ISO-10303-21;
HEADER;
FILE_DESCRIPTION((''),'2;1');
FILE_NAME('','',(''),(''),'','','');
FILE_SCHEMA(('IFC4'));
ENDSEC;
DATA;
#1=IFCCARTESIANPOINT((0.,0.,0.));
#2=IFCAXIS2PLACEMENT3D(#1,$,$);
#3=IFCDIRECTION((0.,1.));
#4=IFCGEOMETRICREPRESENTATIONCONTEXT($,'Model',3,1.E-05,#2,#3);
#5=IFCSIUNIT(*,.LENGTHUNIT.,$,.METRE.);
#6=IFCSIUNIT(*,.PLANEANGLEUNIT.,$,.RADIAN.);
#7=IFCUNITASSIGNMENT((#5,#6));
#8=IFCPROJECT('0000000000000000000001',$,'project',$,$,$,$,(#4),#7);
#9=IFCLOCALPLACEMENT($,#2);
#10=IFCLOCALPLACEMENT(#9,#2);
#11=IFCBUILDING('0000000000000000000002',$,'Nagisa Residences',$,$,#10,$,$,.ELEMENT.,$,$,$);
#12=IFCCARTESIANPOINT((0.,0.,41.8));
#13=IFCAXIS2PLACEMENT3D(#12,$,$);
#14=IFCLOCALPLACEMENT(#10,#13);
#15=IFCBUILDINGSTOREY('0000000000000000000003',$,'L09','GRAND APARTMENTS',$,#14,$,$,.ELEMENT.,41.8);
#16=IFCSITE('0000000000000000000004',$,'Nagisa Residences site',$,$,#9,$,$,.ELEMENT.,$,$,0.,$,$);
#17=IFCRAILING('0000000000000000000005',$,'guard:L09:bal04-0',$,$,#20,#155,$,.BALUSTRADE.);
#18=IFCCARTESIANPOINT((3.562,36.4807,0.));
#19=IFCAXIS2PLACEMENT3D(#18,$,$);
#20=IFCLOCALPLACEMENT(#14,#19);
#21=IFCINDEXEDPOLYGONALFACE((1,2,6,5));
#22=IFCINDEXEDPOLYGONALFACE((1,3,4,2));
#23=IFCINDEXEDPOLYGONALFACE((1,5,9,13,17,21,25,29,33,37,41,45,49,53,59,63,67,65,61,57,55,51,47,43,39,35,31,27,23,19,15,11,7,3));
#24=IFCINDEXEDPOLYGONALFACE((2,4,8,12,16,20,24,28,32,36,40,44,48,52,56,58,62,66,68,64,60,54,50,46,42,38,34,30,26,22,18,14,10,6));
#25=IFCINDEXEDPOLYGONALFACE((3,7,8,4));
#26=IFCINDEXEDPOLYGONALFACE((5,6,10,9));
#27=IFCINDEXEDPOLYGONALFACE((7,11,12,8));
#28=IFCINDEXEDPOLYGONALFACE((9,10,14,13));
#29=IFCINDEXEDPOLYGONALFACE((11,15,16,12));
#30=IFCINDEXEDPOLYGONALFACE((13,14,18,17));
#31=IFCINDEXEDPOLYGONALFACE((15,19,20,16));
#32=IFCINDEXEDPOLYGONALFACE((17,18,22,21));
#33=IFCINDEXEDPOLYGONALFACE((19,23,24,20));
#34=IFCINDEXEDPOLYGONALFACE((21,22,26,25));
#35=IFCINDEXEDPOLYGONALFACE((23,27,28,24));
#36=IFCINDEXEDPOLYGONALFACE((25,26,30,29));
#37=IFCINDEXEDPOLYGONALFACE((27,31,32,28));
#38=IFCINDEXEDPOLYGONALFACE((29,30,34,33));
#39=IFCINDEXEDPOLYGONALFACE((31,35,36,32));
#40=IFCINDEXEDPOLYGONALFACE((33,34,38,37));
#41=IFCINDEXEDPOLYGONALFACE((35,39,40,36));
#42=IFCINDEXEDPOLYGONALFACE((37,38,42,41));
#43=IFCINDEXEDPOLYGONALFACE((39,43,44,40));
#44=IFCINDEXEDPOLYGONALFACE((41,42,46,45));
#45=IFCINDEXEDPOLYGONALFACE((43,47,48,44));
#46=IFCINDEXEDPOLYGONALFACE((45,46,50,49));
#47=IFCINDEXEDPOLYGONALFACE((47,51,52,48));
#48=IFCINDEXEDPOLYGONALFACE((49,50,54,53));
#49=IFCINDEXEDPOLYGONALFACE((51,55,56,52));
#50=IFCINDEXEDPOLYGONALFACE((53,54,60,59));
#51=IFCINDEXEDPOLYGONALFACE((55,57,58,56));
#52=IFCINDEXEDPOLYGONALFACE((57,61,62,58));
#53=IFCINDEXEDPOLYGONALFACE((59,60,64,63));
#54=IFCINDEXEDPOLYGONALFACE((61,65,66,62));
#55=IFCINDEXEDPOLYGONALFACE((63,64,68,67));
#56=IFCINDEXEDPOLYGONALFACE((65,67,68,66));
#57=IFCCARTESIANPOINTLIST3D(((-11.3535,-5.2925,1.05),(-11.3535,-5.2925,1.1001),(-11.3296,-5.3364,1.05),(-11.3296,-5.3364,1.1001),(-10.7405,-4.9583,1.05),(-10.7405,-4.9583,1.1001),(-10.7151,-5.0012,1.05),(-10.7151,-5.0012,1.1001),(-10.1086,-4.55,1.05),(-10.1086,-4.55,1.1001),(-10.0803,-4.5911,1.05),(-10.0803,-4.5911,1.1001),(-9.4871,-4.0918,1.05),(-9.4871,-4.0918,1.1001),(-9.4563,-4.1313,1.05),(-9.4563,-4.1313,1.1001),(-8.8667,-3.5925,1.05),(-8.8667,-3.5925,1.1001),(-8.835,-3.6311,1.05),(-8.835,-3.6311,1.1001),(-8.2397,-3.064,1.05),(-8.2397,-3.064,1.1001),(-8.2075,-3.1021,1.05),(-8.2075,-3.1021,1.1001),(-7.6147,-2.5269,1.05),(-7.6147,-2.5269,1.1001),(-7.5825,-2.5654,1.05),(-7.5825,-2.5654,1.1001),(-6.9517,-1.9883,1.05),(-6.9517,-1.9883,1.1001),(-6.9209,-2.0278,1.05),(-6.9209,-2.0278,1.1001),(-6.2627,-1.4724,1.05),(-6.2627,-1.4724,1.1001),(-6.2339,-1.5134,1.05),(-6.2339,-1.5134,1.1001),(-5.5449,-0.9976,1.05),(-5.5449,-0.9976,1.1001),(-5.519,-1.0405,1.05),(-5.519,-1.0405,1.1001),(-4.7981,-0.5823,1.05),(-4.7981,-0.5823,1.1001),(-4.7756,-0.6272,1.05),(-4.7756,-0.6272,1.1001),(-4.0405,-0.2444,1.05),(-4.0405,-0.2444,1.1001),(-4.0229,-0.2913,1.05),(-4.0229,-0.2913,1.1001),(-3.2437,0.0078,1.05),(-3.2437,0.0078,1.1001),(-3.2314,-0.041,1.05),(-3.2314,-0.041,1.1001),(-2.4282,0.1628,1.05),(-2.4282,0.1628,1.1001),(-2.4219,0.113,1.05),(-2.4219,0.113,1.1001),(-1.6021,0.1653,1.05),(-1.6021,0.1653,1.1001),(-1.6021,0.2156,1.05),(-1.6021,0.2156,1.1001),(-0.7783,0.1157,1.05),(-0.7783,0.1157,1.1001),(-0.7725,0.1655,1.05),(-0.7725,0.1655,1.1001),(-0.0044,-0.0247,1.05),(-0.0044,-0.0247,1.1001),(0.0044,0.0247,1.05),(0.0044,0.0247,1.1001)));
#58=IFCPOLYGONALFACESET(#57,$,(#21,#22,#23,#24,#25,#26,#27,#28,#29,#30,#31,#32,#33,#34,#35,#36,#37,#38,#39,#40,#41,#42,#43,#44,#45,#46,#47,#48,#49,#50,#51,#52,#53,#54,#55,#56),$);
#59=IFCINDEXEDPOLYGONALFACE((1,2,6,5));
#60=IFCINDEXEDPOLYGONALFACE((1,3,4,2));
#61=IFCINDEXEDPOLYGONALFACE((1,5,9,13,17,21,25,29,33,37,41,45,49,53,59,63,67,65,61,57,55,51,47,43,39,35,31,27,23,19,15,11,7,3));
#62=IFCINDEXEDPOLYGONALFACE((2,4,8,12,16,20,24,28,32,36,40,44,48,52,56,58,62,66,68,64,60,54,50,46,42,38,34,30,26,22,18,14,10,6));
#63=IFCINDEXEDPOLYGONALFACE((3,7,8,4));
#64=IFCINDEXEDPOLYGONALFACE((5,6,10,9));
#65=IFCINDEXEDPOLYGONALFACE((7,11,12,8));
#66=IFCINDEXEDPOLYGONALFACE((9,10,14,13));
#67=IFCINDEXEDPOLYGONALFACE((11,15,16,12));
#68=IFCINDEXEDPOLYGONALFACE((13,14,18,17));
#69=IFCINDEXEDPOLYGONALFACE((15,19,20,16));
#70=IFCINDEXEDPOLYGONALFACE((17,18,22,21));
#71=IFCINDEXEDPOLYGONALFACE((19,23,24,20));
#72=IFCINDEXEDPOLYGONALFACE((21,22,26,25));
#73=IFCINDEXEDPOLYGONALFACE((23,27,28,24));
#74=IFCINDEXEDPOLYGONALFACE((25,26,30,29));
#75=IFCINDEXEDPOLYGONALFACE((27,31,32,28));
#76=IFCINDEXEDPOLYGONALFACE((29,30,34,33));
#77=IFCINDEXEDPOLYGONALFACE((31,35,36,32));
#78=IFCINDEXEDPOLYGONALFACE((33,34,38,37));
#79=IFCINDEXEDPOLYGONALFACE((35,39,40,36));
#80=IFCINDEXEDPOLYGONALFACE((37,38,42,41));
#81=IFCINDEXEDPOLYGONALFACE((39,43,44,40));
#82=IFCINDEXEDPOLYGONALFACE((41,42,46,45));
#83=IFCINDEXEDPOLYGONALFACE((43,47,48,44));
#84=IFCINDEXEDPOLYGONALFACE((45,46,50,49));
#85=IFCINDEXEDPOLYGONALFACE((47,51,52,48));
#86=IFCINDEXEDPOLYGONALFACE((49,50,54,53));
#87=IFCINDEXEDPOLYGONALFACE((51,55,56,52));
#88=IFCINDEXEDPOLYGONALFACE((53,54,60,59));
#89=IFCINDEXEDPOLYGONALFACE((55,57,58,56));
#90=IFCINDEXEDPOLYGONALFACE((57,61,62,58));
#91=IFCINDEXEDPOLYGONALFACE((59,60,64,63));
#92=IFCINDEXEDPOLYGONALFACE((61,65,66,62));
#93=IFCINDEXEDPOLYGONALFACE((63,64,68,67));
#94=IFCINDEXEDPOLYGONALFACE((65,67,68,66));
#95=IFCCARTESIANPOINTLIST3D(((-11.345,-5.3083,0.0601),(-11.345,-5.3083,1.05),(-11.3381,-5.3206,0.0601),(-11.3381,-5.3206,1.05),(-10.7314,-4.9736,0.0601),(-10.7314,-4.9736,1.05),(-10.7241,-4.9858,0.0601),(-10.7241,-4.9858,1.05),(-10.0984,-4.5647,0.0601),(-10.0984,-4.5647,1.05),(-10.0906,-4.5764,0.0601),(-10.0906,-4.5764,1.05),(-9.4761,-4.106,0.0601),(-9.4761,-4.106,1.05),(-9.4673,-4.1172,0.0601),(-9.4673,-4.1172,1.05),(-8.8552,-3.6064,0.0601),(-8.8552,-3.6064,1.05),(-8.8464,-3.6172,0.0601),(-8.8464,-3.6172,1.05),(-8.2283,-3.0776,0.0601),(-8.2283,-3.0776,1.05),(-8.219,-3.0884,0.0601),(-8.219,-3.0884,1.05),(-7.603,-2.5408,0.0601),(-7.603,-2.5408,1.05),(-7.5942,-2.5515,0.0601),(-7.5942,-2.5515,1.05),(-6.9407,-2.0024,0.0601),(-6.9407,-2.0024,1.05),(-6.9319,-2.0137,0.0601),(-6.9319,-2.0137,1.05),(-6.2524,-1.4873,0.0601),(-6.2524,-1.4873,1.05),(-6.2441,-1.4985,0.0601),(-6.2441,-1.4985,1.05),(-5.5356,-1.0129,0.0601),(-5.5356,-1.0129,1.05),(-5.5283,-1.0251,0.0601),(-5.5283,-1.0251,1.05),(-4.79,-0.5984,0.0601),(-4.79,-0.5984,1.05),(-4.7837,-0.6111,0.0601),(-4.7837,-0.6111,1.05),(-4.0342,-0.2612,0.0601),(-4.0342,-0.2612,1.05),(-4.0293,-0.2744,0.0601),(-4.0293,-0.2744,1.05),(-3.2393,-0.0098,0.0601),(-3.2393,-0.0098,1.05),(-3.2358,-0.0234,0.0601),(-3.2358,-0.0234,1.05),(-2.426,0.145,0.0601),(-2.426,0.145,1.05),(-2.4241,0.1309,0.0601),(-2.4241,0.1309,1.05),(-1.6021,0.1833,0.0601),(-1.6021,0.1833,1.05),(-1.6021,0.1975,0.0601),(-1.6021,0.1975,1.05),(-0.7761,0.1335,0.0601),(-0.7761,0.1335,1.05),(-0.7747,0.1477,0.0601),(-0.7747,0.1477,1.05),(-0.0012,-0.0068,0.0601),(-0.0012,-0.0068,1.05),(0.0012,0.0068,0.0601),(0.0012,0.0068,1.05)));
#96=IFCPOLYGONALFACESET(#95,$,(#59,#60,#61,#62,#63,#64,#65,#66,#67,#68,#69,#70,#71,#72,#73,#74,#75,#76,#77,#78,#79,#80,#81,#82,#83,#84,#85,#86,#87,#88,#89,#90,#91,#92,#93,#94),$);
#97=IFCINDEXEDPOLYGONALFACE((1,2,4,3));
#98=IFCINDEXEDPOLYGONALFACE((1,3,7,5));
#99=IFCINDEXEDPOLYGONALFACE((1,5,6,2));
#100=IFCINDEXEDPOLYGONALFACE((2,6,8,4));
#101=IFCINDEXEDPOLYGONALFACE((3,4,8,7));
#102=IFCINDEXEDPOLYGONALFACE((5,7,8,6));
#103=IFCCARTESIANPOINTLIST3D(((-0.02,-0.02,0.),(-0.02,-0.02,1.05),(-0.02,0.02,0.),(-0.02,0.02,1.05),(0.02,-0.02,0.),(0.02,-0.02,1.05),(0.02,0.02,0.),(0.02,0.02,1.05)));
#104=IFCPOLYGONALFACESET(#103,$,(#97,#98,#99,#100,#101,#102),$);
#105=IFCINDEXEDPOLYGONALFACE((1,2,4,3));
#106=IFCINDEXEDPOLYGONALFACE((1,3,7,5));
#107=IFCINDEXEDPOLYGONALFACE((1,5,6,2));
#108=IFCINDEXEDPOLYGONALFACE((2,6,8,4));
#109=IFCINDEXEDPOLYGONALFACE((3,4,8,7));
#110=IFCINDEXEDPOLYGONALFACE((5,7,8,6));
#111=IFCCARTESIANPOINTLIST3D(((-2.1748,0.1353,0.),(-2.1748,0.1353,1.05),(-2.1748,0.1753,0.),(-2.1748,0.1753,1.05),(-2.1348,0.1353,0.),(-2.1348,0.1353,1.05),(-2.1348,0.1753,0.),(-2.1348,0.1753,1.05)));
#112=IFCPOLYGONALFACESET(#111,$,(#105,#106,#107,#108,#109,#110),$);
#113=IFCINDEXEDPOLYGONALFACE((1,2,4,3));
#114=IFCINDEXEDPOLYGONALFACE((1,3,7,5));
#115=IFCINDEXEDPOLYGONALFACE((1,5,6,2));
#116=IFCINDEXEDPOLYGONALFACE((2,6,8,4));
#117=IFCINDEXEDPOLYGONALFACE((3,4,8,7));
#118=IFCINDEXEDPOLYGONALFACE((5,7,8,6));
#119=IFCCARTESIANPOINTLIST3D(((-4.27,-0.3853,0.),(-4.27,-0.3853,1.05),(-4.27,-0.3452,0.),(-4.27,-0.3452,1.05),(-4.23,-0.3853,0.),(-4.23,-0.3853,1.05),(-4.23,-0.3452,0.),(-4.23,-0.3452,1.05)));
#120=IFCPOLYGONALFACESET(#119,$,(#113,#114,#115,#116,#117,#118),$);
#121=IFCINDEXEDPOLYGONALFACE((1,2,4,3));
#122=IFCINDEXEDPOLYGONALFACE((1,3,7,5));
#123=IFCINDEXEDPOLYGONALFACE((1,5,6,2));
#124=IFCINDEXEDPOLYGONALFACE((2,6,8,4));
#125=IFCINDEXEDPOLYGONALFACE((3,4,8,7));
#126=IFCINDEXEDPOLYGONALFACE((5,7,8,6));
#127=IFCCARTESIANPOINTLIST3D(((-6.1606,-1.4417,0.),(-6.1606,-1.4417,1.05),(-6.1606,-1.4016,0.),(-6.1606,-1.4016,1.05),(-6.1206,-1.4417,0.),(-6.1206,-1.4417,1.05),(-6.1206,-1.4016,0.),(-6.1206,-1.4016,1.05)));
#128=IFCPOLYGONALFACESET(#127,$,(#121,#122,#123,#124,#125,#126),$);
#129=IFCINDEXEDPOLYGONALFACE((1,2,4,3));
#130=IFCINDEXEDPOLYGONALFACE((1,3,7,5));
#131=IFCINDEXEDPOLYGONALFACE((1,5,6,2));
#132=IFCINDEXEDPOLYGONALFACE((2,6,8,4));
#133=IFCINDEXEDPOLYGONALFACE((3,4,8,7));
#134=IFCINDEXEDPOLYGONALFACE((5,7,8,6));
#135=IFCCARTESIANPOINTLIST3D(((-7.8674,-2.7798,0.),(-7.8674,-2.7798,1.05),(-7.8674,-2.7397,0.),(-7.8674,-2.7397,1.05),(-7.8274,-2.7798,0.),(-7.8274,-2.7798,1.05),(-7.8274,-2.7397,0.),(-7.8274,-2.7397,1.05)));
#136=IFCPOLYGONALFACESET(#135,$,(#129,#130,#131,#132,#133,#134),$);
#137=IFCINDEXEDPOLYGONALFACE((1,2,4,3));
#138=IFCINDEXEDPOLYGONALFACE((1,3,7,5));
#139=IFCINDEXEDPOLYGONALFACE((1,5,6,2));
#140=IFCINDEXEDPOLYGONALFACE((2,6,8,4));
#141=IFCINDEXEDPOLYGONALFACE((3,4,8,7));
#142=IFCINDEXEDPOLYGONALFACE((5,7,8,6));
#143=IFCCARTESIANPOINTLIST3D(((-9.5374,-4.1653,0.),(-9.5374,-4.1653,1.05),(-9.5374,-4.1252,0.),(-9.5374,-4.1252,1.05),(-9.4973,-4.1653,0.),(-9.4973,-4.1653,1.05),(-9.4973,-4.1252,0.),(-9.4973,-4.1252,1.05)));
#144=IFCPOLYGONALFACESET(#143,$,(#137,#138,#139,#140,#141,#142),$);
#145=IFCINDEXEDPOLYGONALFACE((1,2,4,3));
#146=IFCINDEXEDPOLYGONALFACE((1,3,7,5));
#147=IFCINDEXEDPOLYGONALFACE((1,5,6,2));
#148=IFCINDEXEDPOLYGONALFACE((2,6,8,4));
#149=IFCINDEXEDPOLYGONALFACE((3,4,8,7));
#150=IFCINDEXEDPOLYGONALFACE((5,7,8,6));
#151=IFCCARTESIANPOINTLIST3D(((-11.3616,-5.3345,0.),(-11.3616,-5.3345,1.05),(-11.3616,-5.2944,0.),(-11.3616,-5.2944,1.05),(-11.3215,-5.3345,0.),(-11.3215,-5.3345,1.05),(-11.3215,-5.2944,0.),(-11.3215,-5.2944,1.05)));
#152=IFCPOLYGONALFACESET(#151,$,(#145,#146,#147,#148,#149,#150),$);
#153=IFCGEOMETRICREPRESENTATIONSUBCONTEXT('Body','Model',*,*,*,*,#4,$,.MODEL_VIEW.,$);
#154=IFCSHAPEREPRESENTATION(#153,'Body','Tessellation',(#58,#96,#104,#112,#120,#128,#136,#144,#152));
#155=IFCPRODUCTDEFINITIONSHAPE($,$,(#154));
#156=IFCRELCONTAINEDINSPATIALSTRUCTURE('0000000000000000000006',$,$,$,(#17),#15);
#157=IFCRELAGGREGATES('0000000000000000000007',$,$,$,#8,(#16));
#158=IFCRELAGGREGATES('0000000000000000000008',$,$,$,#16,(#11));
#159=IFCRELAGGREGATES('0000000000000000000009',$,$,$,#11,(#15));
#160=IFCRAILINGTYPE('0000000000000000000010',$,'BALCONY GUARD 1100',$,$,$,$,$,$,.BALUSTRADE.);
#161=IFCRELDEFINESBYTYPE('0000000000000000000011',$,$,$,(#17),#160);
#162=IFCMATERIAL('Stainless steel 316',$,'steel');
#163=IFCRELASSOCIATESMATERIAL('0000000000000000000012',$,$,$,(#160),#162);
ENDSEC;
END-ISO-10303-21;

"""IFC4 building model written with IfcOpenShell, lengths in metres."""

from ifc_helpers import new_model, si_unit, direction, frame, origin, origin_2d, place, context, subcontext, project, spatial, polyline, rectangle, outline, extrude, material, type_object, element, save


model = new_model("IFC4")

# Units and contexts
model_context = context("Model", 3, precision=1e-05, world=origin(), true_north=direction((0.0, 1.0)))
body_context = subcontext(model_context, "Body", "Model", "MODEL_VIEW")
ifc_project = project(units=[si_unit("LENGTHUNIT", "METRE"), si_unit("PLANEANGLEUNIT", "RADIAN")], contexts=[model_context])

# Site, building, storey
site_placement = place(None, origin())
site = spatial("IfcSite", under=ifc_project, at=site_placement, Name="Nagisa Residences site", CompositionType="ELEMENT", RefElevation=0.0)
building_placement = place(site_placement, origin())
building = spatial("IfcBuilding", under=site, at=building_placement, Name="Nagisa Residences", CompositionType="ELEMENT")
storey_placement = place(building_placement, frame((0.0, 0.0, 41.8)))
storey = spatial("IfcBuildingStorey", under=building, at=storey_placement, Name="L09", Description="GRAND APARTMENTS", CompositionType="ELEMENT", Elevation=41.8)

# Railing
ifc_material_1 = material(Name="Stainless steel 316", Category="steel")
railing_type = type_object("IfcRailingType", Name="BALCONY GUARD 1100", PredefinedType="BALUSTRADE", material=ifc_material_1)
railing_1_placement = place(storey_placement, frame((3.562, 36.4807, 0.0)))
element("IfcRailing", 1, at=railing_1_placement, inside=storey, type_object=railing_type, Name="guard:L09:bal04-0", PredefinedType="BALUSTRADE", context=body_context, shape_type="SweptSolid", body=[
    extrude(outline(polyline([(-0.7783, 0.1157), (-0.0044, -0.0247), (0.0044, 0.0247), (-0.7725, 0.1655), (-1.6021, 0.2156), (-2.4282, 0.1628), (-3.2437, 0.0078), (-4.0405, -0.2444), (-4.7981, -0.5823), (-5.5449, -0.9976), (-6.2627, -1.4724), (-6.9517, -1.9883), (-7.6147, -2.5269), (-8.2397, -3.064), (-8.8667, -3.5925), (-9.4871, -4.0918), (-10.1086, -4.55), (-10.7405, -4.9583), (-11.3535, -5.2925), (-11.3296, -5.3364), (-10.7151, -5.0012), (-10.0803, -4.5911), (-9.4563, -4.1313), (-8.835, -3.6311), (-8.2075, -3.1021), (-7.5825, -2.5654), (-6.9209, -2.0278), (-6.2339, -1.5134), (-5.519, -1.0405), (-4.7756, -0.6272), (-4.0229, -0.2913), (-3.2314, -0.041), (-2.4219, 0.113), (-1.6021, 0.1653), (-0.7783, 0.1157)])), frame((0.0, 0.0, 1.05)), (0.0, 0.0, 1.0), 0.05),
    extrude(outline(polyline([(-0.7761, 0.1335), (-0.0012, -0.0068), (0.0012, 0.0068), (-0.7747, 0.1477), (-1.6021, 0.1975), (-2.426, 0.145), (-3.2393, -0.0098), (-4.0342, -0.2612), (-4.79, -0.5984), (-5.5356, -1.0129), (-6.2524, -1.4873), (-6.9407, -2.0024), (-7.603, -2.5408), (-8.2283, -3.0776), (-8.8552, -3.6064), (-9.4761, -4.106), (-10.0984, -4.5647), (-10.7314, -4.9736), (-11.345, -5.3083), (-11.3381, -5.3206), (-10.7241, -4.9858), (-10.0906, -4.5764), (-9.4673, -4.1172), (-8.8464, -3.6172), (-8.219, -3.0884), (-7.5942, -2.5515), (-6.9319, -2.0137), (-6.2441, -1.4985), (-5.5283, -1.0251), (-4.7837, -0.6111), (-4.0293, -0.2744), (-3.2358, -0.0234), (-2.4241, 0.1309), (-1.6021, 0.1833), (-0.7761, 0.1335)])), frame((0.0, 0.0, 0.0601)), (0.0, 0.0, 1.0), 0.99),
    extrude(rectangle(XDim=0.04, YDim=0.04, at=origin_2d()), origin(), (0.0, 0.0, 1.0), 1.05),
    extrude(rectangle(XDim=0.04, YDim=0.04, at=origin_2d()), frame((-2.1548, 0.1553, 0.0)), (0.0, 0.0, 1.0), 1.05),
    extrude(rectangle(XDim=0.04, YDim=0.04, at=origin_2d()), frame((-4.25, -0.3652, 0.0)), (0.0, 0.0, 1.0), 1.05),
    extrude(rectangle(XDim=0.04, YDim=0.04, at=origin_2d()), frame((-6.1406, -1.4216, 0.0)), (0.0, 0.0, 1.0), 1.05),
    extrude(rectangle(XDim=0.04, YDim=0.04, at=origin_2d()), frame((-7.8474, -2.7598, 0.0)), (0.0, 0.0, 1.0), 1.05),
    extrude(rectangle(XDim=0.04, YDim=0.04, at=origin_2d()), frame((-9.5173, -4.1453, 0.0)), (0.0, 0.0, 1.0), 1.05),
    extrude(rectangle(XDim=0.04, YDim=0.04, at=origin_2d()), frame((-11.3416, -5.3145, 0.0)), (0.0, 0.0, 1.0), 1.05),
])

save(model, "model.ifc")
